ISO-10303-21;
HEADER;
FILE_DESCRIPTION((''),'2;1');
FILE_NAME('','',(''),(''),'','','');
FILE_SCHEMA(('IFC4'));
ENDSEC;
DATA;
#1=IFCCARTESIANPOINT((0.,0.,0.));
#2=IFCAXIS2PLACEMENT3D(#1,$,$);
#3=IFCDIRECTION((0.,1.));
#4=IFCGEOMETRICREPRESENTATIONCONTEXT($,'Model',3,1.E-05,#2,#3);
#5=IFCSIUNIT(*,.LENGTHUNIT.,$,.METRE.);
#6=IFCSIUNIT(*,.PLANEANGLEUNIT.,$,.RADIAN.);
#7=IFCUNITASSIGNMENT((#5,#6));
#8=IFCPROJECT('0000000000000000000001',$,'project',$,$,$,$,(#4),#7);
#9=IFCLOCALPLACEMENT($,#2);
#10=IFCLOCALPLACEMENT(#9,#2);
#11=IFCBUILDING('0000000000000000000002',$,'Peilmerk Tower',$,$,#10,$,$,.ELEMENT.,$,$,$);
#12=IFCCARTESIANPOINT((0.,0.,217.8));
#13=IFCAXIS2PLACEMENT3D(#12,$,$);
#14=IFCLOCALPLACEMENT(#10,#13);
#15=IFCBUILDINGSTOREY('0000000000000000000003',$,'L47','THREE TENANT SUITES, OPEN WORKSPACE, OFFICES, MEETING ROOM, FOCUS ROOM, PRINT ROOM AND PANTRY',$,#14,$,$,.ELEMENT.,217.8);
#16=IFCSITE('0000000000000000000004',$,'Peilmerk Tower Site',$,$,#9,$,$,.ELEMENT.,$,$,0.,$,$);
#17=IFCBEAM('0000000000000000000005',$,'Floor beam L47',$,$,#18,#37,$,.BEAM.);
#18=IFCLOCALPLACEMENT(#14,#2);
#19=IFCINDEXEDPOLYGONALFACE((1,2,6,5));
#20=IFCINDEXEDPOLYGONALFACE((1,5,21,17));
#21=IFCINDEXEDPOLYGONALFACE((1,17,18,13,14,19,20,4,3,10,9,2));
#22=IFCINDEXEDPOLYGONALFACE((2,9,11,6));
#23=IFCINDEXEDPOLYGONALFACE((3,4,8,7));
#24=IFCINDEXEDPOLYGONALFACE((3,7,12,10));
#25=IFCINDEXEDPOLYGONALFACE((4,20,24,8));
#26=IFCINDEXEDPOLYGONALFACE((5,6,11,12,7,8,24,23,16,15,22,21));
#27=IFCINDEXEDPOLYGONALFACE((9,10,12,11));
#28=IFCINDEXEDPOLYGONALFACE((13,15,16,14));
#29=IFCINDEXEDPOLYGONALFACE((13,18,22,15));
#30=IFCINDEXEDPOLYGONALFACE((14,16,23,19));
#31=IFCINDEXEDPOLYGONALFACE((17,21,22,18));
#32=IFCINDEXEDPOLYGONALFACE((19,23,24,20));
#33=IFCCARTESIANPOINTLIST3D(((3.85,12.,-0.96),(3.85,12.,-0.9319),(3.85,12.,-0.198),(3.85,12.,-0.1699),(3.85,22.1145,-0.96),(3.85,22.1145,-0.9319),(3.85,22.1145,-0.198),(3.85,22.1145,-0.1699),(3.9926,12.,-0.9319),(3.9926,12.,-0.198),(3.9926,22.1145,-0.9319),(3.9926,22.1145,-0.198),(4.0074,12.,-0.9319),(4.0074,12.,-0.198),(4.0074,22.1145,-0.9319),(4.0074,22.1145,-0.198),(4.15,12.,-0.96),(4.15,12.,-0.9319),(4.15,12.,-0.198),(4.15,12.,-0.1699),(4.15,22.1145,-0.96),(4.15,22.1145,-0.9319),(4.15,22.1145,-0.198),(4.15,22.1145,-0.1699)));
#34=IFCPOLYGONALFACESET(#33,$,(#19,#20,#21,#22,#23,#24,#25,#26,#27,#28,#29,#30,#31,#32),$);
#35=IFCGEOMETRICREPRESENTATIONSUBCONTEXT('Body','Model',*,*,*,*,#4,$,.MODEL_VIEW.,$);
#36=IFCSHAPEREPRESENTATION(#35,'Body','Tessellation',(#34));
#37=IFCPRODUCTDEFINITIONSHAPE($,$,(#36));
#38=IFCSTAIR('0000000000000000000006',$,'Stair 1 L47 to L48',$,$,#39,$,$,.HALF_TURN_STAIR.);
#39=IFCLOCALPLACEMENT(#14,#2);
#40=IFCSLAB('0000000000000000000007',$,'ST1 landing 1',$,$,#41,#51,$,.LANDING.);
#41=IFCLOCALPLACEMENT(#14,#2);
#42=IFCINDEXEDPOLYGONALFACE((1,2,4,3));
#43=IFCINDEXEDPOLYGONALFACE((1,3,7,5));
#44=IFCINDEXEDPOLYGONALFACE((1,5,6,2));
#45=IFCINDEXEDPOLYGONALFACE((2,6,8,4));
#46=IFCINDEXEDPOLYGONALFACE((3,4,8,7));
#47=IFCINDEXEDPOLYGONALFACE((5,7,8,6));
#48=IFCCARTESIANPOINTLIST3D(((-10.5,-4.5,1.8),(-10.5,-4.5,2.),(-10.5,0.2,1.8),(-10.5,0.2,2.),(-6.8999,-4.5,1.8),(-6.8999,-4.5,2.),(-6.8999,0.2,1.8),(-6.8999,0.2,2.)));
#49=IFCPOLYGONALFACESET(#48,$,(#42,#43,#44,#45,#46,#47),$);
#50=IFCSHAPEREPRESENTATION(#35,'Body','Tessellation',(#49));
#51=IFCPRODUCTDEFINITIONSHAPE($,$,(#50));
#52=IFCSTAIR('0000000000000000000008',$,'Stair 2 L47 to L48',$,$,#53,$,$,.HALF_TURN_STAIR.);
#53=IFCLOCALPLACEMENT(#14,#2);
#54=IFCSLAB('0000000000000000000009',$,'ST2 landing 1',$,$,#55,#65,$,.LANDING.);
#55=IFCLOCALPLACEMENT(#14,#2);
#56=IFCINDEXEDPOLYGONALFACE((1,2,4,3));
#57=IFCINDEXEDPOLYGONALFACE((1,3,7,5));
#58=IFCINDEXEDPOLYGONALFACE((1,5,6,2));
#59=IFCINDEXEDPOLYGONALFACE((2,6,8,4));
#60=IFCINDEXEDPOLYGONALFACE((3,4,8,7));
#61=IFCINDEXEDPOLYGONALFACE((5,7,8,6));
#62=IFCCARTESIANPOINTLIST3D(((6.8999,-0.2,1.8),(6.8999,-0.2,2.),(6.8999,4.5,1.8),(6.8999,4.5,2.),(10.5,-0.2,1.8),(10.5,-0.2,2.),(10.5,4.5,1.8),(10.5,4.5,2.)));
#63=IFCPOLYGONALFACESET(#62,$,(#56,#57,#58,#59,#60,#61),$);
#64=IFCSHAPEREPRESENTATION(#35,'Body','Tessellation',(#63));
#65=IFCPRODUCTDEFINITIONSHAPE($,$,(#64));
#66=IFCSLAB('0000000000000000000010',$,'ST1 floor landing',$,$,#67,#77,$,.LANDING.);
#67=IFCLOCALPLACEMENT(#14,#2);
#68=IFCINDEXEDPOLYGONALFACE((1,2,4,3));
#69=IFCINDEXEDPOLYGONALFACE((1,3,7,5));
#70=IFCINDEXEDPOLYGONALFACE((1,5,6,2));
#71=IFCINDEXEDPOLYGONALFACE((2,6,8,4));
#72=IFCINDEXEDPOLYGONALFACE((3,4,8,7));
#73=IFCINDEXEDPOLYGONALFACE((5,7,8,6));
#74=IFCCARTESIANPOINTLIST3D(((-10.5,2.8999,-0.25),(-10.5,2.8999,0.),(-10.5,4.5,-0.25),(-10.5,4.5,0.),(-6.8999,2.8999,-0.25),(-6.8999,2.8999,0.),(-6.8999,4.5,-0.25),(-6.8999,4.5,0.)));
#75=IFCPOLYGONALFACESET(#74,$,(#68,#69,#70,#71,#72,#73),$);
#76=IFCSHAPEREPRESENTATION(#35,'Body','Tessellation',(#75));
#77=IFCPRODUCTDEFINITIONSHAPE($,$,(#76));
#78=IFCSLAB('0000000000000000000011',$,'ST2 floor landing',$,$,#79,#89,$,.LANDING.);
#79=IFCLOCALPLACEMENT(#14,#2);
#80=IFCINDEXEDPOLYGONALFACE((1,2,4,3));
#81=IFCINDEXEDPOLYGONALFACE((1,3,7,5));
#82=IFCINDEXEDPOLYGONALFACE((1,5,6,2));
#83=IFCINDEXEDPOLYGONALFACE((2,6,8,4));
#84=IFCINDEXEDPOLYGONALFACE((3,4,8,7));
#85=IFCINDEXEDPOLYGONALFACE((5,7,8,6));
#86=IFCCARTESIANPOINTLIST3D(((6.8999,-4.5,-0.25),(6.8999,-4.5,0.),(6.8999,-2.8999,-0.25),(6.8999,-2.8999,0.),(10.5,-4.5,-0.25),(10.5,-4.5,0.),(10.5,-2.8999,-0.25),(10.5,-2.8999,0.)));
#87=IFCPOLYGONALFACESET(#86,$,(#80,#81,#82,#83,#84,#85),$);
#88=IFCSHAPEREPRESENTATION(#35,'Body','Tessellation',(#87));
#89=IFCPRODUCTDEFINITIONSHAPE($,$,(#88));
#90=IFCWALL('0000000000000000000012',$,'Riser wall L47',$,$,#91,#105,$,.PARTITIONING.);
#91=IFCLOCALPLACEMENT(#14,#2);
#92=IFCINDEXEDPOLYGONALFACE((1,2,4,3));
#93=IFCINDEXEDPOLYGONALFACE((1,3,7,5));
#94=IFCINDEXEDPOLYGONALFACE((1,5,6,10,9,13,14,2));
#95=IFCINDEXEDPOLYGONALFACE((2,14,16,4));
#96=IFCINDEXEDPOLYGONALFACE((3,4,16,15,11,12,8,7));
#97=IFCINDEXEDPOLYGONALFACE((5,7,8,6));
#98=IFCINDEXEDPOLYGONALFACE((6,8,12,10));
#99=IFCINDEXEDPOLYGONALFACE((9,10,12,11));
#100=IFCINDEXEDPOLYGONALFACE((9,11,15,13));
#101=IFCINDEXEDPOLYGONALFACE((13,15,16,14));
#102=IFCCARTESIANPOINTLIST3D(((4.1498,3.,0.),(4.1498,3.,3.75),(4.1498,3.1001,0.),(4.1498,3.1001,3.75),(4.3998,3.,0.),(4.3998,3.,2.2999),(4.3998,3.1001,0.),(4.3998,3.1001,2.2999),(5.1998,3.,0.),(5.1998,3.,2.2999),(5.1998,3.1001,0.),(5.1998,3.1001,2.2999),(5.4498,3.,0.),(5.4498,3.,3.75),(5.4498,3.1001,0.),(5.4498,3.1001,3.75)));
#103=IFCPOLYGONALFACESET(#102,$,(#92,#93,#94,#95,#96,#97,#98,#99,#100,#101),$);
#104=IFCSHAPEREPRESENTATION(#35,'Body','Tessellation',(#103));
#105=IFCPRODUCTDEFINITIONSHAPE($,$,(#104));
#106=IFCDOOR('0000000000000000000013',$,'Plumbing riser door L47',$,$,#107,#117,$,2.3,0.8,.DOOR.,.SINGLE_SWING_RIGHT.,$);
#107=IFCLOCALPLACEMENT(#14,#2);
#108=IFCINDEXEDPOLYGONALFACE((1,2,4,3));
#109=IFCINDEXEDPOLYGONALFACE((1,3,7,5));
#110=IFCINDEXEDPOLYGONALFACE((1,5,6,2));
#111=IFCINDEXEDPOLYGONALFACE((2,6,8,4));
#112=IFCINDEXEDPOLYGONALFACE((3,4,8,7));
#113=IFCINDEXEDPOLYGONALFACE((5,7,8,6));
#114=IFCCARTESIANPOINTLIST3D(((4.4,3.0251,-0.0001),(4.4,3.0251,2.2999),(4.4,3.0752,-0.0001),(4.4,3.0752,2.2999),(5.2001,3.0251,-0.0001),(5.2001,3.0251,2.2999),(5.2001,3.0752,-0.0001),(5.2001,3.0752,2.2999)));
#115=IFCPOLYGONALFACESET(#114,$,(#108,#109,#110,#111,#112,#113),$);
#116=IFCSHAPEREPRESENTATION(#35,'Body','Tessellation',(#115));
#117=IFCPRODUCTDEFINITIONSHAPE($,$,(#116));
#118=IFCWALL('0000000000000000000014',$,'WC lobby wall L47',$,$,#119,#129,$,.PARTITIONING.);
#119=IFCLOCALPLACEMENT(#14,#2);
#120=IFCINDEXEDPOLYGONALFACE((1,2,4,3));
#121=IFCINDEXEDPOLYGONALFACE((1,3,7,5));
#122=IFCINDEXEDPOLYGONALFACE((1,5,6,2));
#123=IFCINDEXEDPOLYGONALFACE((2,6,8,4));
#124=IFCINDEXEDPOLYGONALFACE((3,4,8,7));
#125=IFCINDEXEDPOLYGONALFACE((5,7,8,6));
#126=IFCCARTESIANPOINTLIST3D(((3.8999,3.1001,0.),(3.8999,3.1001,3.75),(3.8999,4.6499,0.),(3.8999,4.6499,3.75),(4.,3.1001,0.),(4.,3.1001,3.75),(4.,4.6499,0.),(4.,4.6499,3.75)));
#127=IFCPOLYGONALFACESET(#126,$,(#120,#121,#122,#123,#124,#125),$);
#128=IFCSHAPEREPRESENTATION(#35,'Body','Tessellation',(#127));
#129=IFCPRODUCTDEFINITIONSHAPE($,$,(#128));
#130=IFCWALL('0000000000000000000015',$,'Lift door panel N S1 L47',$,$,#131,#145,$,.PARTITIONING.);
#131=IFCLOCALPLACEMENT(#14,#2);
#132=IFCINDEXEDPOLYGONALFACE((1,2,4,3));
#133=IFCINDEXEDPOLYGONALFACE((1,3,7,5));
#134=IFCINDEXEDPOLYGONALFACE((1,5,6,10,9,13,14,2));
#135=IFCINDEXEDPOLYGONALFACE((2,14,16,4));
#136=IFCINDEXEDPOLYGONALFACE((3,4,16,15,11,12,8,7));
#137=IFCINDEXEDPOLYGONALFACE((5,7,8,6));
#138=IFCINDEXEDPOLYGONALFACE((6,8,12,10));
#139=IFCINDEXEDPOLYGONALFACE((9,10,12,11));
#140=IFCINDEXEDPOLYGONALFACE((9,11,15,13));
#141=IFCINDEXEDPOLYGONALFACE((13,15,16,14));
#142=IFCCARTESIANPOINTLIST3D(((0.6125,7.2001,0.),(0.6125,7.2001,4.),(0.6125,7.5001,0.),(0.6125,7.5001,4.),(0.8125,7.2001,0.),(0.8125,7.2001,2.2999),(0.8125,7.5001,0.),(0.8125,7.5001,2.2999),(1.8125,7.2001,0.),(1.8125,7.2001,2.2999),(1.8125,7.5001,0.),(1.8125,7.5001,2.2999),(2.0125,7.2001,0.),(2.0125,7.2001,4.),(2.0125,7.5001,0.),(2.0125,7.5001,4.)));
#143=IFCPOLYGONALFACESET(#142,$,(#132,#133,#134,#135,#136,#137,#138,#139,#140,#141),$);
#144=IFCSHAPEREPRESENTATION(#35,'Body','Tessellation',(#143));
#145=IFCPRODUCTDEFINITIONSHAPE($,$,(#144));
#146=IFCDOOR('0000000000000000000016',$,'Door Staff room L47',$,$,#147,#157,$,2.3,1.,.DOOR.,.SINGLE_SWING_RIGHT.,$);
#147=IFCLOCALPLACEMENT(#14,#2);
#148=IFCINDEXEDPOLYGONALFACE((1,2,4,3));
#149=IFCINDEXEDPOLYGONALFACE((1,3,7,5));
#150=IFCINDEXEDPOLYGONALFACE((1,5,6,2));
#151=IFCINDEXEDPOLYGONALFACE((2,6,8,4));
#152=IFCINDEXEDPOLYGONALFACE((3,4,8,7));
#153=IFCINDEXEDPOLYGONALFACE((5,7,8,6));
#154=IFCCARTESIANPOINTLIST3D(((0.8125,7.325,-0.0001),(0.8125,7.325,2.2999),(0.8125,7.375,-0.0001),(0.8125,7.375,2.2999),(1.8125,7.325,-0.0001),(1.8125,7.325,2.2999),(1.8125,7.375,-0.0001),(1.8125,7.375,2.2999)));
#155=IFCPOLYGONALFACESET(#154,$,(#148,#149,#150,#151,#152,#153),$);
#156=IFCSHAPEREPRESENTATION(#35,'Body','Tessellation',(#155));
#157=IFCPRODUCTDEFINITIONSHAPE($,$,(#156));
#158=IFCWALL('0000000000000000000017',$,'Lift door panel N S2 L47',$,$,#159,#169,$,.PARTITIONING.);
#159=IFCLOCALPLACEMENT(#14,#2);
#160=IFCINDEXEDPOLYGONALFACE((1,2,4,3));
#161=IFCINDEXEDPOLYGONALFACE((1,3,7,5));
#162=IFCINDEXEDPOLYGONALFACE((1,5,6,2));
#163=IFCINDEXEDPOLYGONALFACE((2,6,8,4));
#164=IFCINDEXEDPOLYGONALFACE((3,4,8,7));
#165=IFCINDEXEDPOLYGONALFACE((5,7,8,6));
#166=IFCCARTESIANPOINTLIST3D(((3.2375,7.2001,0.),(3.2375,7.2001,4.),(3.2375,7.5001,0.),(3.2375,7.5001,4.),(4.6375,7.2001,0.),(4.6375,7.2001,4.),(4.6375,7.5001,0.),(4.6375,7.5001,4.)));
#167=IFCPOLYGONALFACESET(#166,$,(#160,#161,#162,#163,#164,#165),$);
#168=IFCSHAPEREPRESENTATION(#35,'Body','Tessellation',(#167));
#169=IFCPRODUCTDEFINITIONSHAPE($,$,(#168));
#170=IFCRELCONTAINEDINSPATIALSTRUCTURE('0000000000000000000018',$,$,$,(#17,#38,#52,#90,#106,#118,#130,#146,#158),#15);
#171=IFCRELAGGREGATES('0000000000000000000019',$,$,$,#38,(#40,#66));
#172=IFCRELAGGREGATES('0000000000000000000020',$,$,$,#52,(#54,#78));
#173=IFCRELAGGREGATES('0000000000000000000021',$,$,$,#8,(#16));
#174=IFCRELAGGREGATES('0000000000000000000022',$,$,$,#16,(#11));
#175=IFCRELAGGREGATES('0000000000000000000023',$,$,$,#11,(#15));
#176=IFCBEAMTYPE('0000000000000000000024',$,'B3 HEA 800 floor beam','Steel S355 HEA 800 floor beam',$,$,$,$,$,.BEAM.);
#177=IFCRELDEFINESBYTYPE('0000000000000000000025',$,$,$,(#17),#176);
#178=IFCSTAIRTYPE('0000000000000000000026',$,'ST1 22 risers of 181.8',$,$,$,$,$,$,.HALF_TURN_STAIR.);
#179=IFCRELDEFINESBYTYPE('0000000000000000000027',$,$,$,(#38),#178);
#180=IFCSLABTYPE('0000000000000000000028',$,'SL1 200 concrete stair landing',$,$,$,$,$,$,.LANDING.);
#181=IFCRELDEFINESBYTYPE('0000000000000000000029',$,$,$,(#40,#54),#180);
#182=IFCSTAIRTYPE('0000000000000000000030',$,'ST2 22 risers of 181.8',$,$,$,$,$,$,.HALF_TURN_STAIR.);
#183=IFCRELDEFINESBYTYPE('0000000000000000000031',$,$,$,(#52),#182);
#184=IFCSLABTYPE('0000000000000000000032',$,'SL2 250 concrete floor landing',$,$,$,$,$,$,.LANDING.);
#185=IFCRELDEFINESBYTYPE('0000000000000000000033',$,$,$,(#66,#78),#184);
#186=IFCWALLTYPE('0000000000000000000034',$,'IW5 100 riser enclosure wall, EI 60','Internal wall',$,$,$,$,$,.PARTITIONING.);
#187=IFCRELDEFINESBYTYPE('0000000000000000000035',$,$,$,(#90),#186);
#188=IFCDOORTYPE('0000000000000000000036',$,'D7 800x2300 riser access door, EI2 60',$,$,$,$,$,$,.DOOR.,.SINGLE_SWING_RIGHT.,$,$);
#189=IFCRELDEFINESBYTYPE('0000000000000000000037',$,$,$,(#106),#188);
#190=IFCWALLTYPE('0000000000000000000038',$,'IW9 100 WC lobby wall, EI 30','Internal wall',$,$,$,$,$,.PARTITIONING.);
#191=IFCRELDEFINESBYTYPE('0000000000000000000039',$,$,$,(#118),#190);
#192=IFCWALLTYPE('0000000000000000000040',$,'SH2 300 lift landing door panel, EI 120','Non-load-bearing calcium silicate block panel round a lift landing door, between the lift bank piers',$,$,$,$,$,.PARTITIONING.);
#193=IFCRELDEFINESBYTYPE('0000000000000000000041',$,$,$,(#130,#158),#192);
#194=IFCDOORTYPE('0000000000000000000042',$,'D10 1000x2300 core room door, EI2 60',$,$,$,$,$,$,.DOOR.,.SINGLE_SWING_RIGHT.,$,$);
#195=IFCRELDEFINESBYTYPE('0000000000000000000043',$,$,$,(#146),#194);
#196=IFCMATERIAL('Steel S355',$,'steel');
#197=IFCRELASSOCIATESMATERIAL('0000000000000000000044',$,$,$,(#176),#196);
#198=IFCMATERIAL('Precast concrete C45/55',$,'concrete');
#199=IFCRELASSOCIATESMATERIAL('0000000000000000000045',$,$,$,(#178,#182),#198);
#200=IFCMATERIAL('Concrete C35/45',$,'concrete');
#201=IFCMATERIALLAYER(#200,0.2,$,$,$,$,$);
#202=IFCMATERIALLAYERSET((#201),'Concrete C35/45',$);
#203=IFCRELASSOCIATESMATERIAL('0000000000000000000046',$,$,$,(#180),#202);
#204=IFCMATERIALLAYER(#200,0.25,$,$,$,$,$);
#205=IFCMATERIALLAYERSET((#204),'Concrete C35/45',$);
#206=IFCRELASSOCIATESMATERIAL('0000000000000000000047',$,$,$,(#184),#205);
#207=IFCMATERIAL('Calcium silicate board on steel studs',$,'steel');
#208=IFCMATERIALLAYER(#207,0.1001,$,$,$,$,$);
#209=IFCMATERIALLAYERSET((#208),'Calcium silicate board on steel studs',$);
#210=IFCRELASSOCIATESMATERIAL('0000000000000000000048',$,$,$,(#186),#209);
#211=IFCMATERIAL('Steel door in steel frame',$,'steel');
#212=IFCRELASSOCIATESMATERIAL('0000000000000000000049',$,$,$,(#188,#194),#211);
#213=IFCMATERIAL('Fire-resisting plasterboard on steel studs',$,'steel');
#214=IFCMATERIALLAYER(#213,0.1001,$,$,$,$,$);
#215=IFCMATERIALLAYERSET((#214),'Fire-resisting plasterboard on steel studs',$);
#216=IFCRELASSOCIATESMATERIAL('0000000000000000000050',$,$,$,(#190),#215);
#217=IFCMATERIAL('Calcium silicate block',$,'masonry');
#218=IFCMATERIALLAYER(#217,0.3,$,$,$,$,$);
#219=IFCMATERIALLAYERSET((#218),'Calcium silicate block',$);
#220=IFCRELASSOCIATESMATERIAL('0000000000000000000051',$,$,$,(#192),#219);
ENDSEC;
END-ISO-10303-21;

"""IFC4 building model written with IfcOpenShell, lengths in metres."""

from ifc_helpers import new_model, si_unit, direction, frame, frame_2d, origin, origin_2d, place, context, subcontext, project, spatial, polyline, rectangle, i_section, outline, extrude, material, layer, layer_set, material_profile, profile_set, type_object, element, fill, aggregate, save


model = new_model("IFC4")

# Units and contexts
model_context = context("Model", 3, precision=1e-05, world=origin(), true_north=direction((0.0, 1.0)))
body_context = subcontext(model_context, "Body", "Model", "MODEL_VIEW")
ifc_project = project(units=[si_unit("LENGTHUNIT", "METRE"), si_unit("PLANEANGLEUNIT", "RADIAN")], contexts=[model_context])

# Site, building, storey
site_placement = place(None, origin())
site = spatial("IfcSite", under=ifc_project, at=site_placement, Name="Peilmerk Tower Site", CompositionType="ELEMENT", RefElevation=0.0)
building_placement = place(site_placement, origin())
building = spatial("IfcBuilding", under=site, at=building_placement, Name="Peilmerk Tower", CompositionType="ELEMENT")
storey_placement = place(building_placement, frame((0.0, 0.0, 217.8)))
storey = spatial("IfcBuildingStorey", under=building, at=storey_placement, Name="L47", Description="THREE TENANT SUITES, OPEN WORKSPACE, OFFICES, MEETING ROOM, FOCUS ROOM, PRINT ROOM AND PANTRY", CompositionType="ELEMENT", Elevation=217.8)

# Beam
ifc_material_1 = material(Name="Steel S355", Category="steel")
ifc_material_profile = material_profile(ifc_material_1, i_section(OverallWidth=0.3, OverallDepth=0.79, WebThickness=0.0149, FlangeThickness=0.0281, at=origin_2d()), Name="HEA 800")
ifc_profile_set = profile_set([ifc_material_profile], Name="Steel S355")
beam_type = type_object("IfcBeamType", Name="B3 HEA 800 floor beam", Description="Steel S355 HEA 800 floor beam", PredefinedType="BEAM", material=ifc_profile_set)
beam_placement = place(storey_placement, frame((4.0, 12.0, -0.5649), z_axis=(0.0, 1.0, 0.0), x_axis=(-1.0, 0.0, 0.0)))
element("IfcBeam", 1, at=beam_placement, inside=storey, type_object=beam_type, Name="Floor beam L47", PredefinedType="BEAM", context=body_context, shape_type="SweptSolid", body=[
    extrude(i_section(OverallWidth=0.3, OverallDepth=0.79, WebThickness=0.0149, FlangeThickness=0.0281, at=origin_2d()), origin(), (0.0, 0.0, 1.0), 10.1145),
])

# Stairs, slabs
ifc_material_2 = material(Name="Precast concrete C45/55", Category="concrete")
stair_type_1 = type_object("IfcStairType", Name="ST1 22 risers of 181.8", PredefinedType="HALF_TURN_STAIR", material=ifc_material_2)
stair_1_placement = place(storey_placement, origin())
stair_1 = element("IfcStair", 2, at=stair_1_placement, inside=storey, type_object=stair_type_1, Name="Stair 1 L47 to L48", PredefinedType="HALF_TURN_STAIR")
ifc_material_3 = material(Name="Concrete C35/45", Category="concrete")
ifc_layer_1 = layer(ifc_material_3, 0.2)
ifc_layer_set_1 = layer_set([ifc_layer_1], Name="Concrete C35/45")
slab_type_1 = type_object("IfcSlabType", Name="SL1 200 concrete stair landing", PredefinedType="LANDING", material=ifc_layer_set_1)
slab_1_placement = place(storey_placement, frame((0.0, 0.0, 1.8)))
slab_1 = element("IfcSlab", 3, at=slab_1_placement, type_object=slab_type_1, Name="ST1 landing 1", PredefinedType="LANDING", context=body_context, shape_type="SweptSolid", body=[
    extrude(outline(polyline([(-10.5, -4.5), (-6.8999, -4.5), (-6.8999, 0.2), (-10.5, 0.2), (-10.5, -4.5)])), origin(), (0.0, 0.0, 1.0), 0.2),
])
stair_type_2 = type_object("IfcStairType", Name="ST2 22 risers of 181.8", PredefinedType="HALF_TURN_STAIR", material=ifc_material_2)
stair_2_placement = place(storey_placement, origin())
stair_2 = element("IfcStair", 4, at=stair_2_placement, inside=storey, type_object=stair_type_2, Name="Stair 2 L47 to L48", PredefinedType="HALF_TURN_STAIR")
slab_2_placement = place(storey_placement, frame((0.0, 0.0, 1.8)))
slab_2 = element("IfcSlab", 5, at=slab_2_placement, type_object=slab_type_1, Name="ST2 landing 1", PredefinedType="LANDING", context=body_context, shape_type="SweptSolid", body=[
    extrude(outline(polyline([(6.8999, -0.2), (10.5, -0.2), (10.5, 4.5), (6.8999, 4.5), (6.8999, -0.2)])), origin(), (0.0, 0.0, 1.0), 0.2),
])

# Slabs
ifc_layer_2 = layer(ifc_material_3, 0.25)
ifc_layer_set_2 = layer_set([ifc_layer_2], Name="Concrete C35/45")
slab_type_2 = type_object("IfcSlabType", Name="SL2 250 concrete floor landing", PredefinedType="LANDING", material=ifc_layer_set_2)
slab_3_placement = place(storey_placement, frame((0.0, 0.0, -0.25)))
slab_3 = element("IfcSlab", 6, at=slab_3_placement, type_object=slab_type_2, Name="ST1 floor landing", PredefinedType="LANDING", context=body_context, shape_type="SweptSolid", body=[
    extrude(outline(polyline([(-10.5, 2.8999), (-6.8999, 2.8999), (-6.8999, 4.5), (-10.5, 4.5), (-10.5, 2.8999)])), origin(), (0.0, 0.0, 1.0), 0.25),
])
aggregate(stair_1, [slab_1, slab_3])
slab_4_placement = place(storey_placement, frame((0.0, 0.0, -0.25)))
slab_4 = element("IfcSlab", 7, at=slab_4_placement, type_object=slab_type_2, Name="ST2 floor landing", PredefinedType="LANDING", context=body_context, shape_type="SweptSolid", body=[
    extrude(outline(polyline([(6.8999, -4.5), (10.5, -4.5), (10.5, -2.8999), (6.8999, -2.8999), (6.8999, -4.5)])), origin(), (0.0, 0.0, 1.0), 0.25),
])
aggregate(stair_2, [slab_2, slab_4])

# Wall, opening, door
ifc_material_4 = material(Name="Calcium silicate board on steel studs", Category="steel")
ifc_layer_3 = layer(ifc_material_4, 0.1001)
ifc_layer_set_3 = layer_set([ifc_layer_3], Name="Calcium silicate board on steel studs")
wall_type_1 = type_object("IfcWallType", Name="IW5 100 riser enclosure wall, EI 60", Description="Internal wall", PredefinedType="PARTITIONING", material=ifc_layer_set_3)
wall_1_placement = place(storey_placement, frame((4.1499, 3.05, 0.0), z_axis=(0.0, 0.0, 1.0), x_axis=(1.0, 0.0, 0.0)))
wall_1 = element("IfcWall", 8, at=wall_1_placement, inside=storey, type_object=wall_type_1, Name="Riser wall L47", PredefinedType="PARTITIONING", context=body_context, shape_type="SweptSolid", body=[
    extrude(rectangle(XDim=1.3, YDim=0.1001, at=frame_2d((0.6499, 0.0))), origin(), (0.0, 0.0, 1.0), 3.75),
])
opening_1_placement = place(wall_1_placement, frame((0.25, 0.0, 0.0)))
opening_1 = element("IfcOpeningElement", 9, at=opening_1_placement, cuts=wall_1, PredefinedType="OPENING", context=body_context, shape_type="SweptSolid", body=[
    extrude(rectangle(XDim=0.8, YDim=2.3, at=frame_2d((0.3999, 1.1499))), frame((0.0, 0.0601, 0.0), z_axis=(0.0, -1.0, 0.0), x_axis=(1.0, 0.0, 0.0)), (0.0, 0.0, 1.0), 0.1201),
])
ifc_material_5 = material(Name="Steel door in steel frame", Category="steel")
door_type_1 = type_object("IfcDoorType", Name="D7 800x2300 riser access door, EI2 60", OperationType="SINGLE_SWING_RIGHT", PredefinedType="DOOR", material=ifc_material_5)
door_1_placement = place(opening_1_placement, frame((0.8, 0.0, 0.0), z_axis=(0.0, 0.0, 1.0), x_axis=(-1.0, 0.0, 0.0)))
door_1 = element("IfcDoor", 10, at=door_1_placement, inside=storey, type_object=door_type_1, Name="Plumbing riser door L47", OperationType="SINGLE_SWING_RIGHT", OverallHeight=2.3, OverallWidth=0.8, PredefinedType="DOOR", context=body_context, shape_type="SweptSolid", body=[
    extrude(rectangle(XDim=0.8, YDim=2.3, at=frame_2d((0.3999, 1.1499))), frame((0.0, 0.0249, 0.0), z_axis=(0.0, -1.0, 0.0), x_axis=(1.0, 0.0, 0.0)), (0.0, 0.0, 1.0), 0.05),
])
fill(opening_1, door_1)

# Wall
ifc_material_6 = material(Name="Fire-resisting plasterboard on steel studs", Category="steel")
ifc_layer_4 = layer(ifc_material_6, 0.1001)
ifc_layer_set_4 = layer_set([ifc_layer_4], Name="Fire-resisting plasterboard on steel studs")
wall_type_2 = type_object("IfcWallType", Name="IW9 100 WC lobby wall, EI 30", Description="Internal wall", PredefinedType="PARTITIONING", material=ifc_layer_set_4)
wall_2_placement = place(storey_placement, frame((3.95, 3.1001, 0.0), z_axis=(0.0, 0.0, 1.0), x_axis=(0.0, 1.0, 0.0)))
element("IfcWall", 11, at=wall_2_placement, inside=storey, type_object=wall_type_2, Name="WC lobby wall L47", PredefinedType="PARTITIONING", context=body_context, shape_type="SweptSolid", body=[
    extrude(rectangle(XDim=1.5498, YDim=0.1001, at=frame_2d((0.7749, 0.0))), origin(), (0.0, 0.0, 1.0), 3.75),
])

# Wall, opening, door
ifc_material_7 = material(Name="Calcium silicate block", Category="masonry")
ifc_layer_5 = layer(ifc_material_7, 0.3)
ifc_layer_set_5 = layer_set([ifc_layer_5], Name="Calcium silicate block")
wall_type_3 = type_object("IfcWallType", Name="SH2 300 lift landing door panel, EI 120", Description="Non-load-bearing calcium silicate block panel round a lift landing door, between the lift bank piers", PredefinedType="PARTITIONING", material=ifc_layer_set_5)
wall_3_placement = place(storey_placement, frame((0.6125, 7.3501, 0.0), z_axis=(0.0, 0.0, 1.0), x_axis=(1.0, 0.0, 0.0)))
wall_3 = element("IfcWall", 12, at=wall_3_placement, inside=storey, type_object=wall_type_3, Name="Lift door panel N S1 L47", PredefinedType="PARTITIONING", context=body_context, shape_type="SweptSolid", body=[
    extrude(rectangle(XDim=1.3999, YDim=0.3, at=frame_2d((0.7, 0.0))), origin(), (0.0, 0.0, 1.0), 4.0),
])
opening_2_placement = place(wall_3_placement, frame((0.2, 0.0, 0.0)))
opening_2 = element("IfcOpeningElement", 13, at=opening_2_placement, cuts=wall_3, PredefinedType="OPENING", context=body_context, shape_type="SweptSolid", body=[
    extrude(rectangle(XDim=1.0, YDim=2.3, at=frame_2d((0.5, 1.1499))), frame((0.0, 0.1599, 0.0), z_axis=(0.0, -1.0, 0.0), x_axis=(1.0, 0.0, 0.0)), (0.0, 0.0, 1.0), 0.3201),
])
door_type_2 = type_object("IfcDoorType", Name="D10 1000x2300 core room door, EI2 60", OperationType="SINGLE_SWING_RIGHT", PredefinedType="DOOR", material=ifc_material_5)
door_2_placement = place(opening_2_placement, origin())
door_2 = element("IfcDoor", 14, at=door_2_placement, inside=storey, type_object=door_type_2, Name="Door Staff room L47", OperationType="SINGLE_SWING_RIGHT", OverallHeight=2.3, OverallWidth=1.0, PredefinedType="DOOR", context=body_context, shape_type="SweptSolid", body=[
    extrude(rectangle(XDim=1.0, YDim=2.3, at=frame_2d((0.5, 1.1499))), frame((0.0, 0.0249, 0.0), z_axis=(0.0, -1.0, 0.0), x_axis=(1.0, 0.0, 0.0)), (0.0, 0.0, 1.0), 0.05),
])
fill(opening_2, door_2)

# Wall
wall_4_placement = place(storey_placement, frame((3.2375, 7.3501, 0.0), z_axis=(0.0, 0.0, 1.0), x_axis=(1.0, 0.0, 0.0)))
element("IfcWall", 15, at=wall_4_placement, inside=storey, type_object=wall_type_3, Name="Lift door panel N S2 L47", PredefinedType="PARTITIONING", context=body_context, shape_type="SweptSolid", body=[
    extrude(rectangle(XDim=1.3999, YDim=0.3, at=frame_2d((0.7, 0.0))), origin(), (0.0, 0.0, 1.0), 4.0),
])

save(model, "model.ifc")
